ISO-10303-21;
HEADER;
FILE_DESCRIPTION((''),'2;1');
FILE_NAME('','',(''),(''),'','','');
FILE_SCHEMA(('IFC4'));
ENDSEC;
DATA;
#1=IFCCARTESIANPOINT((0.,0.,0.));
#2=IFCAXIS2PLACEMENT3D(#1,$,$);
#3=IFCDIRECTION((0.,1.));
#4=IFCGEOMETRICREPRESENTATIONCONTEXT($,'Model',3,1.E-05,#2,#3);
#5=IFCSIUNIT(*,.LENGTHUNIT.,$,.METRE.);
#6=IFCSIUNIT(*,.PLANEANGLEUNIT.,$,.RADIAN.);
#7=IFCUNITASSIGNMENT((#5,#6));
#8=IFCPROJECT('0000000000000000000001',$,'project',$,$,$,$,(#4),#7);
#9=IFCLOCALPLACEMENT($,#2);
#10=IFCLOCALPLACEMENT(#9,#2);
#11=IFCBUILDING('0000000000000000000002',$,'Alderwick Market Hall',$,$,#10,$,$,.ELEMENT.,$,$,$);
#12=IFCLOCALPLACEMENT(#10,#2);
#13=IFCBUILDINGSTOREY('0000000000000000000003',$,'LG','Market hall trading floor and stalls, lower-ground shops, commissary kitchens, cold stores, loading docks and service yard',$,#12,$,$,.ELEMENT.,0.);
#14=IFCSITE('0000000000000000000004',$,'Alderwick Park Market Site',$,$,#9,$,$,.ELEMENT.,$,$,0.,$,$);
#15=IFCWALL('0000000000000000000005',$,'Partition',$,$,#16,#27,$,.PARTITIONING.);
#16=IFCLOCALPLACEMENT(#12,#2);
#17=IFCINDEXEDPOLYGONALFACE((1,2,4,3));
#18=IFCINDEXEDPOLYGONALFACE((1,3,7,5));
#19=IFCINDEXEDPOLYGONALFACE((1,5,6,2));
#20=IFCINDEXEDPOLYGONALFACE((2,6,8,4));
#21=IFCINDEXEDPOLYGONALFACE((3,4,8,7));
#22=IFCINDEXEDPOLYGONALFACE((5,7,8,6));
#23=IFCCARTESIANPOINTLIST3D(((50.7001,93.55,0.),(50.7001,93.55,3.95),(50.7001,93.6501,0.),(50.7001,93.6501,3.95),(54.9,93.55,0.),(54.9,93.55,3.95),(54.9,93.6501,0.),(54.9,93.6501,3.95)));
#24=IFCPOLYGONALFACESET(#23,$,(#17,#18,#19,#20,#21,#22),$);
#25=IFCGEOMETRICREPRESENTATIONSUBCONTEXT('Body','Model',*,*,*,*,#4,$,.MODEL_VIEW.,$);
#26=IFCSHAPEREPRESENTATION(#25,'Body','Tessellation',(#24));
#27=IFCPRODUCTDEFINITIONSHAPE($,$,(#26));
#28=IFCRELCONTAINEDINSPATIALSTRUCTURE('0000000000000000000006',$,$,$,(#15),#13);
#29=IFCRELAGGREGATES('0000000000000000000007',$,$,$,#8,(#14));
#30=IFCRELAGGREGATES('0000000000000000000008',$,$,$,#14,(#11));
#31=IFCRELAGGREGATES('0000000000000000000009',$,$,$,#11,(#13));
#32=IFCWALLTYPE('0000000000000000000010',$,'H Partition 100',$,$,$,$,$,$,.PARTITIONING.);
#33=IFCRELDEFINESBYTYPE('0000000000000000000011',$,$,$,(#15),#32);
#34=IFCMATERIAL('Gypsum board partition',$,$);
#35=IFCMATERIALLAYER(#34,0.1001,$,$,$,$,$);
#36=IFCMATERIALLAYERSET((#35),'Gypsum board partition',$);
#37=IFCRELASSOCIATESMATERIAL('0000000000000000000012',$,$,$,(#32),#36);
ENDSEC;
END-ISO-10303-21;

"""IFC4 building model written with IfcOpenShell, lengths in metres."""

from ifc_helpers import new_model, si_unit, direction, frame, frame_2d, origin, place, context, subcontext, project, spatial, rectangle, extrude, material, layer, layer_set, type_object, element, save


model = new_model("IFC4")

# Units and contexts
model_context = context("Model", 3, precision=1e-05, world=origin(), true_north=direction((0.0, 1.0)))
body_context = subcontext(model_context, "Body", "Model", "MODEL_VIEW")
ifc_project = project(units=[si_unit("LENGTHUNIT", "METRE"), si_unit("PLANEANGLEUNIT", "RADIAN")], contexts=[model_context])

# Site, building, storey
site_placement = place(None, origin())
site = spatial("IfcSite", under=ifc_project, at=site_placement, Name="Alderwick Park Market Site", CompositionType="ELEMENT", RefElevation=0.0)
building_placement = place(site_placement, origin())
building = spatial("IfcBuilding", under=site, at=building_placement, Name="Alderwick Market Hall", CompositionType="ELEMENT")
storey_placement = place(building_placement, origin())
storey = spatial("IfcBuildingStorey", under=building, at=storey_placement, Name="LG", Description="Market hall trading floor and stalls, lower-ground shops, commissary kitchens, cold stores, loading docks and service yard", CompositionType="ELEMENT", Elevation=0.0)

# Wall
ifc_material_1 = material(Name="Gypsum board partition")
ifc_layer_1 = layer(ifc_material_1, 0.1001)
ifc_layer_set_1 = layer_set([ifc_layer_1], Name="Gypsum board partition")
wall_type_1 = type_object("IfcWallType", Name="H Partition 100", PredefinedType="PARTITIONING", material=ifc_layer_set_1)
wall_1_placement = place(storey_placement, frame((50.7, 93.6001, 0.0), z_axis=(0.0, 0.0, 1.0), x_axis=(1.0, 0.0, 0.0)))
element("IfcWall", 1, at=wall_1_placement, inside=storey, type_object=wall_type_1, Name="Partition", PredefinedType="PARTITIONING", context=body_context, shape_type="SweptSolid", body=[
    extrude(rectangle(XDim=4.2, YDim=0.1001, at=frame_2d((2.1001, 0.0))), origin(), (0.0, 0.0, 1.0), 3.95),
])

save(model, "model.ifc")
